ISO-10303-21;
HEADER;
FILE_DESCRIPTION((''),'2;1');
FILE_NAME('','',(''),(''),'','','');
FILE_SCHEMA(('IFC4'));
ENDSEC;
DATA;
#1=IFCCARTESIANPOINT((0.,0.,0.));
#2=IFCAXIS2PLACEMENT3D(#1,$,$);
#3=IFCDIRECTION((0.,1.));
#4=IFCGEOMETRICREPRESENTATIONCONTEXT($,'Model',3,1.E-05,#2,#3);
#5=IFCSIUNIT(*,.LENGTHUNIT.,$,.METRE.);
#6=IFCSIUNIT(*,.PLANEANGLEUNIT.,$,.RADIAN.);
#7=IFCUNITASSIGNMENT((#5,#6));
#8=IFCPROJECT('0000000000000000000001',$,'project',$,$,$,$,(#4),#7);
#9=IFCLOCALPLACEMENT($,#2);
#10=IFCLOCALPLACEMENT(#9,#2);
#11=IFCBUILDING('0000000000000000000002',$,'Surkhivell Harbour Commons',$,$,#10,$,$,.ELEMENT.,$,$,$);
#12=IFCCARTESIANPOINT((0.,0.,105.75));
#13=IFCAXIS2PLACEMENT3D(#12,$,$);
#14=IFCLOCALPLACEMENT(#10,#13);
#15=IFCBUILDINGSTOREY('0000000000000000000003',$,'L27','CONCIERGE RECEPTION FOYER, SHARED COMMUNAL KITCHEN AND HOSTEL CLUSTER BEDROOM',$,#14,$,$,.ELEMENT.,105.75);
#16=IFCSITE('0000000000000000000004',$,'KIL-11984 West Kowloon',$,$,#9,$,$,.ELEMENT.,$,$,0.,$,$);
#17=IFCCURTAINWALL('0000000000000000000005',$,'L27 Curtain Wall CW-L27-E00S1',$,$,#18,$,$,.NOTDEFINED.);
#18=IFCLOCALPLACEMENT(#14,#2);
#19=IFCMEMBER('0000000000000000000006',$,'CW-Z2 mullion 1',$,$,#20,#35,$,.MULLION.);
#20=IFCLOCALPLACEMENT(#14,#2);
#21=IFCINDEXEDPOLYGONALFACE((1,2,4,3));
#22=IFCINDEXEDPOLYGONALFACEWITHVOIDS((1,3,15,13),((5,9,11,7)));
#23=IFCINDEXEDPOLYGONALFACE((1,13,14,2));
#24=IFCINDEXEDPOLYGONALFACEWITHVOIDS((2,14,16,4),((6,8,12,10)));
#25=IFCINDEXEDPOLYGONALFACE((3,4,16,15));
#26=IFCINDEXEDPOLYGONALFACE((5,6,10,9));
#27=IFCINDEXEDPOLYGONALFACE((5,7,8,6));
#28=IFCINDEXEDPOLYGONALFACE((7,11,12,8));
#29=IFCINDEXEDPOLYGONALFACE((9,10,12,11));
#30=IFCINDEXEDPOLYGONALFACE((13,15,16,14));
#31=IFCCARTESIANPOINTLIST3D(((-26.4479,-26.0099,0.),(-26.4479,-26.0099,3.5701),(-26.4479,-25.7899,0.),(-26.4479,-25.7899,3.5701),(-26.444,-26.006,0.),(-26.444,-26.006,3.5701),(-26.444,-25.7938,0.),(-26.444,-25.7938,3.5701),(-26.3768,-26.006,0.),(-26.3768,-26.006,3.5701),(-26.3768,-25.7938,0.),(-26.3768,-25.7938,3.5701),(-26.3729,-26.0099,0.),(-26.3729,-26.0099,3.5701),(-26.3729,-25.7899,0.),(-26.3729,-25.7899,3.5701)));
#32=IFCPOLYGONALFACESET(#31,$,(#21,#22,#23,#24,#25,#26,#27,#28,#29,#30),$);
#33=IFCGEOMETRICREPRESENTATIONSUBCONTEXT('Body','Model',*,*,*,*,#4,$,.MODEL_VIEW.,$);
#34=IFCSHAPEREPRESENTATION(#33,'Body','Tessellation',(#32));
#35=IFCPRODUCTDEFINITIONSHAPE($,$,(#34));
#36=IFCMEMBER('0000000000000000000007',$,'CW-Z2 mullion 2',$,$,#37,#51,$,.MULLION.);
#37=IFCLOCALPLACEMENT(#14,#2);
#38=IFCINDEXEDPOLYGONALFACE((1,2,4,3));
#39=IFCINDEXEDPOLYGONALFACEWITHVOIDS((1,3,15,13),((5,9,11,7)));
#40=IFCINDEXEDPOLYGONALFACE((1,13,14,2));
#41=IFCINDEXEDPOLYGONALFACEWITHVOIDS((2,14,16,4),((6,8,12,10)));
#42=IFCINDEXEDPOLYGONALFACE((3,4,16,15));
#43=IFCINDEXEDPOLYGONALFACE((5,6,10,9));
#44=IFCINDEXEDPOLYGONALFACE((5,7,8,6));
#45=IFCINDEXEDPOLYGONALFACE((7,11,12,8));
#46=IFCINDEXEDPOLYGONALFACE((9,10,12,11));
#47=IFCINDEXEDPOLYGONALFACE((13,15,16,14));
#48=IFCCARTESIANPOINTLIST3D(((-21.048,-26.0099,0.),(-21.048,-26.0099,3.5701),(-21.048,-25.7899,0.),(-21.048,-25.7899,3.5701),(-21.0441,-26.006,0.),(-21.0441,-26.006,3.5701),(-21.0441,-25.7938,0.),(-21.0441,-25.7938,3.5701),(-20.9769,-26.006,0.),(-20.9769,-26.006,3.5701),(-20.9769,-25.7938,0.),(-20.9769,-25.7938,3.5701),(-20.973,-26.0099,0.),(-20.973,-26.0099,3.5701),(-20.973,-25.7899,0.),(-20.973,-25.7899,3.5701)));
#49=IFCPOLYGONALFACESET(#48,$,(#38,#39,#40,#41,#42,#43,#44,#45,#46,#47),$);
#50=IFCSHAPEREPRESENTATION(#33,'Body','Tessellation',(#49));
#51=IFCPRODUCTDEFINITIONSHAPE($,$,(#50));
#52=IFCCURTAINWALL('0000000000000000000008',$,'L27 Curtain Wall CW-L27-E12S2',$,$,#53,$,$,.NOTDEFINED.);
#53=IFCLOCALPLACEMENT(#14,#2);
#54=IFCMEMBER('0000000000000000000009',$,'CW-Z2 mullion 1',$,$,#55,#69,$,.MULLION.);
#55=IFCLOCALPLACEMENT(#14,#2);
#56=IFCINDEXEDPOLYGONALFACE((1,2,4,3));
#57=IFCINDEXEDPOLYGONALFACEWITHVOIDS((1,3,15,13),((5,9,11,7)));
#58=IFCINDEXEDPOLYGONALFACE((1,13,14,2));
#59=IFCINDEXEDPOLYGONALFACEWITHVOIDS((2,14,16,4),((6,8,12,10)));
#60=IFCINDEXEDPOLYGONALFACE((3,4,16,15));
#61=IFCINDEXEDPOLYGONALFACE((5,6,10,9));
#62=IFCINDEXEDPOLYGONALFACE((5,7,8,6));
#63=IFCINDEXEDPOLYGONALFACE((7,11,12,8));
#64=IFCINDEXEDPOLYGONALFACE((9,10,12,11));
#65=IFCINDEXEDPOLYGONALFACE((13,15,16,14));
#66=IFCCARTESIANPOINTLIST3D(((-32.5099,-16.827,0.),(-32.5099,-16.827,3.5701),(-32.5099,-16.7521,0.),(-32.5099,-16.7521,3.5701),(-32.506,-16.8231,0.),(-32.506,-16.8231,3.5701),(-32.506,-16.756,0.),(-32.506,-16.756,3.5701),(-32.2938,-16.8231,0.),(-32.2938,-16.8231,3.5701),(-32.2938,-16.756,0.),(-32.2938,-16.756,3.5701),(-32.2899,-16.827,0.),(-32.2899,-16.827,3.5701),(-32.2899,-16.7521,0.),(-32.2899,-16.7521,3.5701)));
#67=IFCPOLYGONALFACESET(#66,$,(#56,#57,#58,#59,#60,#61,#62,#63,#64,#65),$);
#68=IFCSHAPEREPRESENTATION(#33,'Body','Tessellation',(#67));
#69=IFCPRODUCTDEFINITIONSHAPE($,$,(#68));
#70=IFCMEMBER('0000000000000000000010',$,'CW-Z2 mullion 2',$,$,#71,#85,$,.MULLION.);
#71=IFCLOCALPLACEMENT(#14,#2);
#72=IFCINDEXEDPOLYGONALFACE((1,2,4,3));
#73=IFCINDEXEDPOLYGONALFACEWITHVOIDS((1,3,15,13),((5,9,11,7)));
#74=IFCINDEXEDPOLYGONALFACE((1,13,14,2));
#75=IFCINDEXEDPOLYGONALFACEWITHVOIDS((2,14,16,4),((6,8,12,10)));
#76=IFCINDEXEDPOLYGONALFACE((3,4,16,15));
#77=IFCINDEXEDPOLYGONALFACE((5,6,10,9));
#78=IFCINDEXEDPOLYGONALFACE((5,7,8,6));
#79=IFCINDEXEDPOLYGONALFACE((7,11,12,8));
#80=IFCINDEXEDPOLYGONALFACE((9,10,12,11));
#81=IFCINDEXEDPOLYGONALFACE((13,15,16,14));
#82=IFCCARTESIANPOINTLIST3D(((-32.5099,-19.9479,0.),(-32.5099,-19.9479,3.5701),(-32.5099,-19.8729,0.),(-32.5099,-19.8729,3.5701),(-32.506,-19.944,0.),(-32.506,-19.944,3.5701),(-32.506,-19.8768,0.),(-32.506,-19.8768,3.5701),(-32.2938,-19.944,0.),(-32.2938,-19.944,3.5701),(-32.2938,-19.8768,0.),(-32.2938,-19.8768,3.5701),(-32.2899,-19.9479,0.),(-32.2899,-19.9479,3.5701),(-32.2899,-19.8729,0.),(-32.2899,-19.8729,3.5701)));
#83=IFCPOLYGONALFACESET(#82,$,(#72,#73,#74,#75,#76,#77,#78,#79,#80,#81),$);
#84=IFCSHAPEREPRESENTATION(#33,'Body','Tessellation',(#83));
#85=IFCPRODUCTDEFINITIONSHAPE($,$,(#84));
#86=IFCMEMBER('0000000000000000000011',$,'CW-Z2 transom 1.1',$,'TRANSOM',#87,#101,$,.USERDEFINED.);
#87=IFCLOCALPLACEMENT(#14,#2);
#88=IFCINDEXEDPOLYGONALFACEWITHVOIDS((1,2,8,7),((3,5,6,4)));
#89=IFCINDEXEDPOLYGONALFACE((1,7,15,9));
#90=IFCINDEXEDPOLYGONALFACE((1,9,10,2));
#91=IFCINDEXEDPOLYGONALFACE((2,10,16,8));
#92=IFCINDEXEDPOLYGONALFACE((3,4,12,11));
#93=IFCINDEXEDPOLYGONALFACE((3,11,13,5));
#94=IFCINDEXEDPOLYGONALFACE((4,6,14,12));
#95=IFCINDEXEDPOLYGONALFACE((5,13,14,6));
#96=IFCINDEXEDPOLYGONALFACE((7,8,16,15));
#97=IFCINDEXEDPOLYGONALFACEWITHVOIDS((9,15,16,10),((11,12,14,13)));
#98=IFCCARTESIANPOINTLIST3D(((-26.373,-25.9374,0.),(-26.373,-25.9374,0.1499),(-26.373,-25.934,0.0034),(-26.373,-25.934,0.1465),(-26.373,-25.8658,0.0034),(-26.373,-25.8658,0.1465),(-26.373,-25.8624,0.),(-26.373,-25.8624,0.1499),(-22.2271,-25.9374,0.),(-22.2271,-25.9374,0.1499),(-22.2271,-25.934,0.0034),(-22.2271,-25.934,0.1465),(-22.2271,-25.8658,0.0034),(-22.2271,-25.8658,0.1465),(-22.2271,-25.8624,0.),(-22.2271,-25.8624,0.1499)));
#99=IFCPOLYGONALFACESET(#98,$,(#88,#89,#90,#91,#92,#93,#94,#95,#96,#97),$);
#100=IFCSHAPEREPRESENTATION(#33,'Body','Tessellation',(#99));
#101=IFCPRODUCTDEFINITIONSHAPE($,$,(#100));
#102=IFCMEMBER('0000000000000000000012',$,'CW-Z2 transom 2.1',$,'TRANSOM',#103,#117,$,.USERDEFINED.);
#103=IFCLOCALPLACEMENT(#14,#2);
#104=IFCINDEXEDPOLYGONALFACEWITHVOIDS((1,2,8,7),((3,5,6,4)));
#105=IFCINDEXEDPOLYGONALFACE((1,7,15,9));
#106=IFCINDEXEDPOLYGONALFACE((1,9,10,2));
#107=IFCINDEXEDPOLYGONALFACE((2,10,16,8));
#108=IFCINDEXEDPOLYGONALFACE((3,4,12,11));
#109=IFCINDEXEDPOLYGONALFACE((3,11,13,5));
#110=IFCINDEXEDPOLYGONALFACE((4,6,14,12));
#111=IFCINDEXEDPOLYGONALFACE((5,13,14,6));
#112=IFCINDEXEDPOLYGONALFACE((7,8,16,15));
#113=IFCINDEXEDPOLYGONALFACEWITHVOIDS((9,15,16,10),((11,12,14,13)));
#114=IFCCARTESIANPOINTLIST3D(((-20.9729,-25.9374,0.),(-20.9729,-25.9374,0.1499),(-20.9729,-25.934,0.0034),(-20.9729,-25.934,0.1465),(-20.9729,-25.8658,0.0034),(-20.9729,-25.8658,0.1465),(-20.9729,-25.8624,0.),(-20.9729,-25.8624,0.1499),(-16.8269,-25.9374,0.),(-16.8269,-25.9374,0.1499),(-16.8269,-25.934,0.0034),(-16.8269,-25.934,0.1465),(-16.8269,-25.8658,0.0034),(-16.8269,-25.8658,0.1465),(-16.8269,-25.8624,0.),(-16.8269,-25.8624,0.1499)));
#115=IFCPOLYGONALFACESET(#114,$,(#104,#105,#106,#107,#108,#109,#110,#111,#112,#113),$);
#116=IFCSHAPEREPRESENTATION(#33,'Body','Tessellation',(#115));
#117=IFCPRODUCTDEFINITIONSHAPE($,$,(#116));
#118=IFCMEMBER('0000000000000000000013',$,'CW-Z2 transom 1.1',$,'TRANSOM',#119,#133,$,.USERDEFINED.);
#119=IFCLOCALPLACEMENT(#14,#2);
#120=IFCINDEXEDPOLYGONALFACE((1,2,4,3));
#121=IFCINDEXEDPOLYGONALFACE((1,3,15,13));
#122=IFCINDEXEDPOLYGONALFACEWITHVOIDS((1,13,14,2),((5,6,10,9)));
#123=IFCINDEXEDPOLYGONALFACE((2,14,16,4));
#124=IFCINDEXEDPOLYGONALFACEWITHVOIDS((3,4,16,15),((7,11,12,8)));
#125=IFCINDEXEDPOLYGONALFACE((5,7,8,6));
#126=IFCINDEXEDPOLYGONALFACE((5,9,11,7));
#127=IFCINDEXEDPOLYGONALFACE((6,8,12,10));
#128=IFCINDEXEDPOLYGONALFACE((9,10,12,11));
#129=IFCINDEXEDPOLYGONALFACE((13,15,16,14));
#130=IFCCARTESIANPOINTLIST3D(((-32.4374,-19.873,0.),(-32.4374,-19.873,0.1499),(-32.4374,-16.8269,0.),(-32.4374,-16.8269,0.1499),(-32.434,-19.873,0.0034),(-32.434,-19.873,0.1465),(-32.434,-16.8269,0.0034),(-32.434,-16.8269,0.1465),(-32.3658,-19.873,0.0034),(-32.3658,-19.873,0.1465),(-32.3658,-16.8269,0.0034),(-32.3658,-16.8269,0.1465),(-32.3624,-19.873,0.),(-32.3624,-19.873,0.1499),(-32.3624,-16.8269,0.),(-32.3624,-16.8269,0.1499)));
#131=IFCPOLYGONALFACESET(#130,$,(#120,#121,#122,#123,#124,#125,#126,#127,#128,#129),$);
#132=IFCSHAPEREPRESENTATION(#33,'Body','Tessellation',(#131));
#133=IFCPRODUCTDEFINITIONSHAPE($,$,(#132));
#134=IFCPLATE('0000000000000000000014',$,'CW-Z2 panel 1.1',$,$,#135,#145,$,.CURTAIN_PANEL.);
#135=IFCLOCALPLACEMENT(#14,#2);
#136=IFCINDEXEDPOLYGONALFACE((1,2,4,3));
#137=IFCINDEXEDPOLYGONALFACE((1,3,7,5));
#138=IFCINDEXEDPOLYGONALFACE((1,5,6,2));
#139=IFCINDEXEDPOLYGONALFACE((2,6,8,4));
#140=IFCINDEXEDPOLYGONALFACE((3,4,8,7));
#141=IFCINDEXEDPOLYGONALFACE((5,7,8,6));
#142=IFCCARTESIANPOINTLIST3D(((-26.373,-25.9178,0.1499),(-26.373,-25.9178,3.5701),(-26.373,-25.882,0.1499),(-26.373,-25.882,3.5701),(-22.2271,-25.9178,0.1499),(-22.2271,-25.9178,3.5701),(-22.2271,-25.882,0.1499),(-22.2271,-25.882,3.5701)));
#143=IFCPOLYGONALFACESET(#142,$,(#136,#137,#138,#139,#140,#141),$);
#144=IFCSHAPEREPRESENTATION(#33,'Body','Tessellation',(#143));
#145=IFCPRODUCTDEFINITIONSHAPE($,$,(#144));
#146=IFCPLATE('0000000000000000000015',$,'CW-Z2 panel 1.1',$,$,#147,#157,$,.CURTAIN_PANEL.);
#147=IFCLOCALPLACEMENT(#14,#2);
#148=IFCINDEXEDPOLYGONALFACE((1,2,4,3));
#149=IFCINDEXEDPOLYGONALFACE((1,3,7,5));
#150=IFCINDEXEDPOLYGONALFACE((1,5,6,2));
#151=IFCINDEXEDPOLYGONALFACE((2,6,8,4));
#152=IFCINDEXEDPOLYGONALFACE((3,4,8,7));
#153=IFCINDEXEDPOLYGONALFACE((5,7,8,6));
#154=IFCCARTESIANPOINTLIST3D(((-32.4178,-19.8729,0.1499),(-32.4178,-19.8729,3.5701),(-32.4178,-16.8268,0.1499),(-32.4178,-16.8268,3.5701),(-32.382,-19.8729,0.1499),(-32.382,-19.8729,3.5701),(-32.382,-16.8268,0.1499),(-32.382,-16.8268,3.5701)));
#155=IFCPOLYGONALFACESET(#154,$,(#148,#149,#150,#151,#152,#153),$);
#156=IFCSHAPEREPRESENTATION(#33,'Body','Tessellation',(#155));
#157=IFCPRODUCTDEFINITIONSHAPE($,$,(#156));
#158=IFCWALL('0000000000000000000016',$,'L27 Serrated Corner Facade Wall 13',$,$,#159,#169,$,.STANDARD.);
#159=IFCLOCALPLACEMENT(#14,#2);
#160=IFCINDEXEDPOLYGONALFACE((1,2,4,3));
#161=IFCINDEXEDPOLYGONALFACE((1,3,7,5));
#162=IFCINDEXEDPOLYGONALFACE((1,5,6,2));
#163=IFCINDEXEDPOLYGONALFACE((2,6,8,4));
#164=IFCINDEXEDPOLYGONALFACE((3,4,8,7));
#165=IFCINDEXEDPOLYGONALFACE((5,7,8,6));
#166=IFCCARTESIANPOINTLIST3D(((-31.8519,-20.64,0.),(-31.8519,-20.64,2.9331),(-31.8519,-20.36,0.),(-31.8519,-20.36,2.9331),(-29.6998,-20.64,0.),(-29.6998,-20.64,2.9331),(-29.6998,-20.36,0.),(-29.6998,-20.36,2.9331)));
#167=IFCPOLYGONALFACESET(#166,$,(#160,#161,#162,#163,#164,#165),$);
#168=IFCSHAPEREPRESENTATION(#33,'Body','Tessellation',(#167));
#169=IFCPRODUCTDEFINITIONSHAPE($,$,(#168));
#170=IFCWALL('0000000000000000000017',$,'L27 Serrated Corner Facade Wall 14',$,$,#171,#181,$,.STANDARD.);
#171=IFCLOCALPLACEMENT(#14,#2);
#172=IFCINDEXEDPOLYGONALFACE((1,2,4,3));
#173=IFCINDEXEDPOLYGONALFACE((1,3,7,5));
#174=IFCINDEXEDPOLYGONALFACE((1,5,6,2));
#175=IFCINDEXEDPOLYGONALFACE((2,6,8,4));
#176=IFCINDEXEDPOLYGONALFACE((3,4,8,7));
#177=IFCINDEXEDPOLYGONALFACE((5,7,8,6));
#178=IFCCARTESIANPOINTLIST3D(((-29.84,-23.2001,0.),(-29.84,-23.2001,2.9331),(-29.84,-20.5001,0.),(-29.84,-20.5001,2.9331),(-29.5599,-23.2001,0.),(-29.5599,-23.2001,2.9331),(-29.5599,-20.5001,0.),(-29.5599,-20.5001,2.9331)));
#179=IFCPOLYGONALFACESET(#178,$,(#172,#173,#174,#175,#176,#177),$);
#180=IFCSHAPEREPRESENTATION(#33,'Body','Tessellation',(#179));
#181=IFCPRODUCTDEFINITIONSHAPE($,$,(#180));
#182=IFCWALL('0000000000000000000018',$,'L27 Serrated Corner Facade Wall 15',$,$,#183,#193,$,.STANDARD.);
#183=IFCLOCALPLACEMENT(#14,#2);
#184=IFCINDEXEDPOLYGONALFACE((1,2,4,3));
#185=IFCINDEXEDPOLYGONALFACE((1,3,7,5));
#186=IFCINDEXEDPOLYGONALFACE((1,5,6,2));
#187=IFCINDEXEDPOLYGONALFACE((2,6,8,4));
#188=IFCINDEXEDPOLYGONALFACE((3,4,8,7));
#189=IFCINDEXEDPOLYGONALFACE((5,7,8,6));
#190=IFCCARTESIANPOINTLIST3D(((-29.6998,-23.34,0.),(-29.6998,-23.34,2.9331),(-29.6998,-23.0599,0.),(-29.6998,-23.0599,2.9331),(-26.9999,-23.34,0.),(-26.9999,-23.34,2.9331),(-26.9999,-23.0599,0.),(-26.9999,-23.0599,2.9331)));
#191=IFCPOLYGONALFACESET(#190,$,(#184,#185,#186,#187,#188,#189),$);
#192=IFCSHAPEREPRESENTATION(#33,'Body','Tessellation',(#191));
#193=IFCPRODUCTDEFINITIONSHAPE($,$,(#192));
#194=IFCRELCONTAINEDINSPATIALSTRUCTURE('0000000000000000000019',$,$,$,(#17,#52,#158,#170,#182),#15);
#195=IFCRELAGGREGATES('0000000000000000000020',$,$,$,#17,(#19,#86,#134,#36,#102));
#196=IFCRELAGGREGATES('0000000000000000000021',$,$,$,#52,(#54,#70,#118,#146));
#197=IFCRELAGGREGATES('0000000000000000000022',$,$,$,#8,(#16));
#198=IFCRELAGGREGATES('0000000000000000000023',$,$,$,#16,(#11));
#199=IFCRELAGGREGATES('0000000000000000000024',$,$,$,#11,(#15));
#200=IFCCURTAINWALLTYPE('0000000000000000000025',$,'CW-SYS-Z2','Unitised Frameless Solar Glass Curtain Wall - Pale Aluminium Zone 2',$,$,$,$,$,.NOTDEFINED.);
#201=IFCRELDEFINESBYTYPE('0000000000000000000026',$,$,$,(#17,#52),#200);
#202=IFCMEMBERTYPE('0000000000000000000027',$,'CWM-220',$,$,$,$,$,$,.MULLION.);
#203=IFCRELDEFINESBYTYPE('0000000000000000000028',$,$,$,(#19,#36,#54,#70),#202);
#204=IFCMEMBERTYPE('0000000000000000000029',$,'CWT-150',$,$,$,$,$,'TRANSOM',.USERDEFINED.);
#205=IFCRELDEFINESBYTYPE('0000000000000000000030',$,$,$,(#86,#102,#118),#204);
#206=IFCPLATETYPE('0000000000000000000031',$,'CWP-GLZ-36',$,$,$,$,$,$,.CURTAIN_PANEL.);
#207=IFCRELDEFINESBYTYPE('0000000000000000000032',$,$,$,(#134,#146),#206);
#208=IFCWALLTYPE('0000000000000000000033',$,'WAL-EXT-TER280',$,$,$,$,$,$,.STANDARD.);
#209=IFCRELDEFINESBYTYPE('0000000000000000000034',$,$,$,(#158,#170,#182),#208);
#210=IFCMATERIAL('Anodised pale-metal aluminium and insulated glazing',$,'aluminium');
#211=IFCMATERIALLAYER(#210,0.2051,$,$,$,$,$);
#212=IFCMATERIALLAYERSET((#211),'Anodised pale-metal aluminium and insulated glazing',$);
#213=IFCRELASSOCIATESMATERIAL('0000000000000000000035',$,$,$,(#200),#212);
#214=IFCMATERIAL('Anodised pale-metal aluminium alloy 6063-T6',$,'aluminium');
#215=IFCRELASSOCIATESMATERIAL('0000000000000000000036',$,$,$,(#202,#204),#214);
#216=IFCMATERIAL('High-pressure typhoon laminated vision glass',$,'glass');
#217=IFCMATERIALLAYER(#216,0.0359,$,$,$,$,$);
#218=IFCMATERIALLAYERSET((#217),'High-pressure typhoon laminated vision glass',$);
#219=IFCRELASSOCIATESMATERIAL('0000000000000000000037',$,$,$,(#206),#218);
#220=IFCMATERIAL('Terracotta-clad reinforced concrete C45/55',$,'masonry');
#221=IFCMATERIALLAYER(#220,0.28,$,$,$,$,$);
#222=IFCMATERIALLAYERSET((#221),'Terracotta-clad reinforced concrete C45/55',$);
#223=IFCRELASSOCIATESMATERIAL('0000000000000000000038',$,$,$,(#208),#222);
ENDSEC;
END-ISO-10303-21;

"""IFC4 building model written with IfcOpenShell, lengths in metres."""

from ifc_helpers import new_model, si_unit, direction, frame, frame_2d, origin, origin_2d, place, context, subcontext, project, spatial, rectangle, hollow_rectangle, extrude, material, layer, layer_set, material_profile, profile_set, type_object, element, aggregate, save


model = new_model("IFC4")

# Units and contexts
model_context = context("Model", 3, precision=1e-05, world=origin(), true_north=direction((0.0, 1.0)))
body_context = subcontext(model_context, "Body", "Model", "MODEL_VIEW")
ifc_project = project(units=[si_unit("LENGTHUNIT", "METRE"), si_unit("PLANEANGLEUNIT", "RADIAN")], contexts=[model_context])

# Site, building, storey
site_placement = place(None, origin())
site = spatial("IfcSite", under=ifc_project, at=site_placement, Name="KIL-11984 West Kowloon", CompositionType="ELEMENT", RefElevation=0.0)
building_placement = place(site_placement, origin())
building = spatial("IfcBuilding", under=site, at=building_placement, Name="Surkhivell Harbour Commons", CompositionType="ELEMENT")
storey_placement = place(building_placement, frame((0.0, 0.0, 105.75)))
storey = spatial("IfcBuildingStorey", under=building, at=storey_placement, Name="L27", Description="CONCIERGE RECEPTION FOYER, SHARED COMMUNAL KITCHEN AND HOSTEL CLUSTER BEDROOM", CompositionType="ELEMENT", Elevation=105.75)

# Curtain walls, members
ifc_material_1 = material(Name="Anodised pale-metal aluminium and insulated glazing", Category="aluminium")
ifc_layer_1 = layer(ifc_material_1, 0.2051)
ifc_layer_set_1 = layer_set([ifc_layer_1], Name="Anodised pale-metal aluminium and insulated glazing")
curtain_wall_type = type_object("IfcCurtainWallType", Name="CW-SYS-Z2", Description="Unitised Frameless Solar Glass Curtain Wall - Pale Aluminium Zone 2", PredefinedType="NOTDEFINED", material=ifc_layer_set_1)
curtain_wall_1_placement = place(storey_placement, origin())
curtain_wall_1 = element("IfcCurtainWall", 1, at=curtain_wall_1_placement, inside=storey, type_object=curtain_wall_type, Name="L27 Curtain Wall CW-L27-E00S1", PredefinedType="NOTDEFINED")
ifc_material_2 = material(Name="Anodised pale-metal aluminium alloy 6063-T6", Category="aluminium")
ifc_material_profile_1 = material_profile(ifc_material_2, hollow_rectangle(XDim=0.075, YDim=0.22, WallThickness=0.0039, at=origin_2d()), Name="ALU-MULL-75x220")
ifc_profile_set_1 = profile_set([ifc_material_profile_1], Name="Anodised pale-metal aluminium alloy 6063-T6")
member_type_1 = type_object("IfcMemberType", Name="CWM-220", PredefinedType="MULLION", material=ifc_profile_set_1)
member_1_placement = place(storey_placement, frame((-26.4104, -25.8999, 0.0), z_axis=(0.0, 0.0, 1.0), x_axis=(1.0, 0.0, 0.0)))
member_1 = element("IfcMember", 2, at=member_1_placement, type_object=member_type_1, Name="CW-Z2 mullion 1", PredefinedType="MULLION", context=body_context, shape_type="SweptSolid", body=[
    extrude(hollow_rectangle(XDim=0.075, YDim=0.22, WallThickness=0.0039, at=origin_2d()), origin(), (0.0, 0.0, 1.0), 3.5701),
])
member_2_placement = place(storey_placement, frame((-21.0105, -25.8999, 0.0), z_axis=(0.0, 0.0, 1.0), x_axis=(1.0, 0.0, 0.0)))
member_2 = element("IfcMember", 3, at=member_2_placement, type_object=member_type_1, Name="CW-Z2 mullion 2", PredefinedType="MULLION", context=body_context, shape_type="SweptSolid", body=[
    extrude(hollow_rectangle(XDim=0.075, YDim=0.22, WallThickness=0.0039, at=origin_2d()), origin(), (0.0, 0.0, 1.0), 3.5701),
])
curtain_wall_2_placement = place(storey_placement, origin())
curtain_wall_2 = element("IfcCurtainWall", 4, at=curtain_wall_2_placement, inside=storey, type_object=curtain_wall_type, Name="L27 Curtain Wall CW-L27-E12S2", PredefinedType="NOTDEFINED")
member_3_placement = place(storey_placement, frame((-32.3999, -16.7896, 0.0), z_axis=(0.0, 0.0, 1.0), x_axis=(0.0, -1.0, 0.0)))
member_3 = element("IfcMember", 5, at=member_3_placement, type_object=member_type_1, Name="CW-Z2 mullion 1", PredefinedType="MULLION", context=body_context, shape_type="SweptSolid", body=[
    extrude(hollow_rectangle(XDim=0.075, YDim=0.22, WallThickness=0.0039, at=origin_2d()), origin(), (0.0, 0.0, 1.0), 3.5701),
])
member_4_placement = place(storey_placement, frame((-32.3999, -19.9104, 0.0), z_axis=(0.0, 0.0, 1.0), x_axis=(0.0, -1.0, 0.0)))
member_4 = element("IfcMember", 6, at=member_4_placement, type_object=member_type_1, Name="CW-Z2 mullion 2", PredefinedType="MULLION", context=body_context, shape_type="SweptSolid", body=[
    extrude(hollow_rectangle(XDim=0.075, YDim=0.22, WallThickness=0.0039, at=origin_2d()), origin(), (0.0, 0.0, 1.0), 3.5701),
])

# Members
ifc_material_profile_2 = material_profile(ifc_material_2, hollow_rectangle(XDim=0.075, YDim=0.1499, WallThickness=0.0034, at=origin_2d()), Name="ALU-TRAN-75x150")
ifc_profile_set_2 = profile_set([ifc_material_profile_2], Name="Anodised pale-metal aluminium alloy 6063-T6")
member_type_2 = type_object("IfcMemberType", Name="CWT-150", ElementType="TRANSOM", PredefinedType="USERDEFINED", material=ifc_profile_set_2)
member_5_placement = place(storey_placement, frame((-26.373, -25.8999, 0.075), z_axis=(1.0, 0.0, 0.0), x_axis=(0.0, 1.0, 0.0)))
member_5 = element("IfcMember", 7, at=member_5_placement, type_object=member_type_2, Name="CW-Z2 transom 1.1", ObjectType="TRANSOM", PredefinedType="USERDEFINED", context=body_context, shape_type="SweptSolid", body=[
    extrude(hollow_rectangle(XDim=0.075, YDim=0.1499, WallThickness=0.0034, at=origin_2d()), origin(), (0.0, 0.0, 1.0), 4.146),
])
member_6_placement = place(storey_placement, frame((-20.9729, -25.8999, 0.075), z_axis=(1.0, 0.0, 0.0), x_axis=(0.0, 1.0, 0.0)))
member_6 = element("IfcMember", 8, at=member_6_placement, type_object=member_type_2, Name="CW-Z2 transom 2.1", ObjectType="TRANSOM", PredefinedType="USERDEFINED", context=body_context, shape_type="SweptSolid", body=[
    extrude(hollow_rectangle(XDim=0.075, YDim=0.1499, WallThickness=0.0034, at=origin_2d()), origin(), (0.0, 0.0, 1.0), 4.146),
])
member_7_placement = place(storey_placement, frame((-32.3999, -16.8269, 0.075), z_axis=(0.0, -1.0, 0.0), x_axis=(1.0, 0.0, 0.0)))
member_7 = element("IfcMember", 9, at=member_7_placement, type_object=member_type_2, Name="CW-Z2 transom 1.1", ObjectType="TRANSOM", PredefinedType="USERDEFINED", context=body_context, shape_type="SweptSolid", body=[
    extrude(hollow_rectangle(XDim=0.075, YDim=0.1499, WallThickness=0.0034, at=origin_2d()), origin(), (0.0, 0.0, 1.0), 3.0461),
])

# Plates
ifc_material_3 = material(Name="High-pressure typhoon laminated vision glass", Category="glass")
ifc_layer_2 = layer(ifc_material_3, 0.0359)
ifc_layer_set_2 = layer_set([ifc_layer_2], Name="High-pressure typhoon laminated vision glass")
plate_type = type_object("IfcPlateType", Name="CWP-GLZ-36", PredefinedType="CURTAIN_PANEL", material=ifc_layer_set_2)
plate_1_placement = place(storey_placement, frame((-26.373, -25.8999, 0.1499), z_axis=(0.0, 0.0, 1.0), x_axis=(1.0, 0.0, 0.0)))
plate_1 = element("IfcPlate", 10, at=plate_1_placement, type_object=plate_type, Name="CW-Z2 panel 1.1", PredefinedType="CURTAIN_PANEL", context=body_context, shape_type="SweptSolid", body=[
    extrude(rectangle(XDim=4.146, YDim=0.0359, at=frame_2d((2.073, 0.0))), origin(), (0.0, 0.0, 1.0), 3.4202),
])
aggregate(curtain_wall_1, [member_1, member_5, plate_1, member_2, member_6])
plate_2_placement = place(storey_placement, frame((-32.3999, -16.8269, 0.1499), z_axis=(0.0, 0.0, 1.0), x_axis=(0.0, -1.0, 0.0)))
plate_2 = element("IfcPlate", 11, at=plate_2_placement, type_object=plate_type, Name="CW-Z2 panel 1.1", PredefinedType="CURTAIN_PANEL", context=body_context, shape_type="SweptSolid", body=[
    extrude(rectangle(XDim=3.0461, YDim=0.0359, at=frame_2d((1.5229, 0.0))), origin(), (0.0, 0.0, 1.0), 3.4202),
])
aggregate(curtain_wall_2, [member_3, member_4, member_7, plate_2])

# Walls
ifc_material_4 = material(Name="Terracotta-clad reinforced concrete C45/55", Category="masonry")
ifc_layer_3 = layer(ifc_material_4, 0.28)
ifc_layer_set_3 = layer_set([ifc_layer_3], Name="Terracotta-clad reinforced concrete C45/55")
wall_type = type_object("IfcWallType", Name="WAL-EXT-TER280", PredefinedType="STANDARD", material=ifc_layer_set_3)
wall_1_placement = place(storey_placement, frame((-31.8521, -20.5, 0.0), z_axis=(0.0, 0.0, 1.0), x_axis=(1.0, 0.0, 0.0)))
element("IfcWall", 12, at=wall_1_placement, inside=storey, type_object=wall_type, Name="L27 Serrated Corner Facade Wall 13", PredefinedType="STANDARD", context=body_context, shape_type="SweptSolid", body=[
    extrude(rectangle(XDim=2.1521, YDim=0.28, at=frame_2d((1.0762, 0.0))), origin(), (0.0, 0.0, 1.0), 2.9331),
])
for number, where, z_axis, x_axis, name in (
    (13, (-29.7, -20.5, 0.0), (0.0, 0.0, 1.0), (0.0, -1.0, 0.0), "L27 Serrated Corner Facade Wall 14"),
    (14, (-29.7, -23.2, 0.0), (0.0, 0.0, 1.0), (1.0, 0.0, 0.0), "L27 Serrated Corner Facade Wall 15"),
):
    element("IfcWall", number, at=place(storey_placement, frame(where, z_axis=z_axis, x_axis=x_axis)), inside=storey, type_object=wall_type, Name=name, PredefinedType="STANDARD", context=body_context, shape_type="SweptSolid", body=[
        extrude(rectangle(XDim=2.7, YDim=0.28, at=frame_2d((1.3501, 0.0))), origin(), (0.0, 0.0, 1.0), 2.9331),
    ])

save(model, "model.ifc")
